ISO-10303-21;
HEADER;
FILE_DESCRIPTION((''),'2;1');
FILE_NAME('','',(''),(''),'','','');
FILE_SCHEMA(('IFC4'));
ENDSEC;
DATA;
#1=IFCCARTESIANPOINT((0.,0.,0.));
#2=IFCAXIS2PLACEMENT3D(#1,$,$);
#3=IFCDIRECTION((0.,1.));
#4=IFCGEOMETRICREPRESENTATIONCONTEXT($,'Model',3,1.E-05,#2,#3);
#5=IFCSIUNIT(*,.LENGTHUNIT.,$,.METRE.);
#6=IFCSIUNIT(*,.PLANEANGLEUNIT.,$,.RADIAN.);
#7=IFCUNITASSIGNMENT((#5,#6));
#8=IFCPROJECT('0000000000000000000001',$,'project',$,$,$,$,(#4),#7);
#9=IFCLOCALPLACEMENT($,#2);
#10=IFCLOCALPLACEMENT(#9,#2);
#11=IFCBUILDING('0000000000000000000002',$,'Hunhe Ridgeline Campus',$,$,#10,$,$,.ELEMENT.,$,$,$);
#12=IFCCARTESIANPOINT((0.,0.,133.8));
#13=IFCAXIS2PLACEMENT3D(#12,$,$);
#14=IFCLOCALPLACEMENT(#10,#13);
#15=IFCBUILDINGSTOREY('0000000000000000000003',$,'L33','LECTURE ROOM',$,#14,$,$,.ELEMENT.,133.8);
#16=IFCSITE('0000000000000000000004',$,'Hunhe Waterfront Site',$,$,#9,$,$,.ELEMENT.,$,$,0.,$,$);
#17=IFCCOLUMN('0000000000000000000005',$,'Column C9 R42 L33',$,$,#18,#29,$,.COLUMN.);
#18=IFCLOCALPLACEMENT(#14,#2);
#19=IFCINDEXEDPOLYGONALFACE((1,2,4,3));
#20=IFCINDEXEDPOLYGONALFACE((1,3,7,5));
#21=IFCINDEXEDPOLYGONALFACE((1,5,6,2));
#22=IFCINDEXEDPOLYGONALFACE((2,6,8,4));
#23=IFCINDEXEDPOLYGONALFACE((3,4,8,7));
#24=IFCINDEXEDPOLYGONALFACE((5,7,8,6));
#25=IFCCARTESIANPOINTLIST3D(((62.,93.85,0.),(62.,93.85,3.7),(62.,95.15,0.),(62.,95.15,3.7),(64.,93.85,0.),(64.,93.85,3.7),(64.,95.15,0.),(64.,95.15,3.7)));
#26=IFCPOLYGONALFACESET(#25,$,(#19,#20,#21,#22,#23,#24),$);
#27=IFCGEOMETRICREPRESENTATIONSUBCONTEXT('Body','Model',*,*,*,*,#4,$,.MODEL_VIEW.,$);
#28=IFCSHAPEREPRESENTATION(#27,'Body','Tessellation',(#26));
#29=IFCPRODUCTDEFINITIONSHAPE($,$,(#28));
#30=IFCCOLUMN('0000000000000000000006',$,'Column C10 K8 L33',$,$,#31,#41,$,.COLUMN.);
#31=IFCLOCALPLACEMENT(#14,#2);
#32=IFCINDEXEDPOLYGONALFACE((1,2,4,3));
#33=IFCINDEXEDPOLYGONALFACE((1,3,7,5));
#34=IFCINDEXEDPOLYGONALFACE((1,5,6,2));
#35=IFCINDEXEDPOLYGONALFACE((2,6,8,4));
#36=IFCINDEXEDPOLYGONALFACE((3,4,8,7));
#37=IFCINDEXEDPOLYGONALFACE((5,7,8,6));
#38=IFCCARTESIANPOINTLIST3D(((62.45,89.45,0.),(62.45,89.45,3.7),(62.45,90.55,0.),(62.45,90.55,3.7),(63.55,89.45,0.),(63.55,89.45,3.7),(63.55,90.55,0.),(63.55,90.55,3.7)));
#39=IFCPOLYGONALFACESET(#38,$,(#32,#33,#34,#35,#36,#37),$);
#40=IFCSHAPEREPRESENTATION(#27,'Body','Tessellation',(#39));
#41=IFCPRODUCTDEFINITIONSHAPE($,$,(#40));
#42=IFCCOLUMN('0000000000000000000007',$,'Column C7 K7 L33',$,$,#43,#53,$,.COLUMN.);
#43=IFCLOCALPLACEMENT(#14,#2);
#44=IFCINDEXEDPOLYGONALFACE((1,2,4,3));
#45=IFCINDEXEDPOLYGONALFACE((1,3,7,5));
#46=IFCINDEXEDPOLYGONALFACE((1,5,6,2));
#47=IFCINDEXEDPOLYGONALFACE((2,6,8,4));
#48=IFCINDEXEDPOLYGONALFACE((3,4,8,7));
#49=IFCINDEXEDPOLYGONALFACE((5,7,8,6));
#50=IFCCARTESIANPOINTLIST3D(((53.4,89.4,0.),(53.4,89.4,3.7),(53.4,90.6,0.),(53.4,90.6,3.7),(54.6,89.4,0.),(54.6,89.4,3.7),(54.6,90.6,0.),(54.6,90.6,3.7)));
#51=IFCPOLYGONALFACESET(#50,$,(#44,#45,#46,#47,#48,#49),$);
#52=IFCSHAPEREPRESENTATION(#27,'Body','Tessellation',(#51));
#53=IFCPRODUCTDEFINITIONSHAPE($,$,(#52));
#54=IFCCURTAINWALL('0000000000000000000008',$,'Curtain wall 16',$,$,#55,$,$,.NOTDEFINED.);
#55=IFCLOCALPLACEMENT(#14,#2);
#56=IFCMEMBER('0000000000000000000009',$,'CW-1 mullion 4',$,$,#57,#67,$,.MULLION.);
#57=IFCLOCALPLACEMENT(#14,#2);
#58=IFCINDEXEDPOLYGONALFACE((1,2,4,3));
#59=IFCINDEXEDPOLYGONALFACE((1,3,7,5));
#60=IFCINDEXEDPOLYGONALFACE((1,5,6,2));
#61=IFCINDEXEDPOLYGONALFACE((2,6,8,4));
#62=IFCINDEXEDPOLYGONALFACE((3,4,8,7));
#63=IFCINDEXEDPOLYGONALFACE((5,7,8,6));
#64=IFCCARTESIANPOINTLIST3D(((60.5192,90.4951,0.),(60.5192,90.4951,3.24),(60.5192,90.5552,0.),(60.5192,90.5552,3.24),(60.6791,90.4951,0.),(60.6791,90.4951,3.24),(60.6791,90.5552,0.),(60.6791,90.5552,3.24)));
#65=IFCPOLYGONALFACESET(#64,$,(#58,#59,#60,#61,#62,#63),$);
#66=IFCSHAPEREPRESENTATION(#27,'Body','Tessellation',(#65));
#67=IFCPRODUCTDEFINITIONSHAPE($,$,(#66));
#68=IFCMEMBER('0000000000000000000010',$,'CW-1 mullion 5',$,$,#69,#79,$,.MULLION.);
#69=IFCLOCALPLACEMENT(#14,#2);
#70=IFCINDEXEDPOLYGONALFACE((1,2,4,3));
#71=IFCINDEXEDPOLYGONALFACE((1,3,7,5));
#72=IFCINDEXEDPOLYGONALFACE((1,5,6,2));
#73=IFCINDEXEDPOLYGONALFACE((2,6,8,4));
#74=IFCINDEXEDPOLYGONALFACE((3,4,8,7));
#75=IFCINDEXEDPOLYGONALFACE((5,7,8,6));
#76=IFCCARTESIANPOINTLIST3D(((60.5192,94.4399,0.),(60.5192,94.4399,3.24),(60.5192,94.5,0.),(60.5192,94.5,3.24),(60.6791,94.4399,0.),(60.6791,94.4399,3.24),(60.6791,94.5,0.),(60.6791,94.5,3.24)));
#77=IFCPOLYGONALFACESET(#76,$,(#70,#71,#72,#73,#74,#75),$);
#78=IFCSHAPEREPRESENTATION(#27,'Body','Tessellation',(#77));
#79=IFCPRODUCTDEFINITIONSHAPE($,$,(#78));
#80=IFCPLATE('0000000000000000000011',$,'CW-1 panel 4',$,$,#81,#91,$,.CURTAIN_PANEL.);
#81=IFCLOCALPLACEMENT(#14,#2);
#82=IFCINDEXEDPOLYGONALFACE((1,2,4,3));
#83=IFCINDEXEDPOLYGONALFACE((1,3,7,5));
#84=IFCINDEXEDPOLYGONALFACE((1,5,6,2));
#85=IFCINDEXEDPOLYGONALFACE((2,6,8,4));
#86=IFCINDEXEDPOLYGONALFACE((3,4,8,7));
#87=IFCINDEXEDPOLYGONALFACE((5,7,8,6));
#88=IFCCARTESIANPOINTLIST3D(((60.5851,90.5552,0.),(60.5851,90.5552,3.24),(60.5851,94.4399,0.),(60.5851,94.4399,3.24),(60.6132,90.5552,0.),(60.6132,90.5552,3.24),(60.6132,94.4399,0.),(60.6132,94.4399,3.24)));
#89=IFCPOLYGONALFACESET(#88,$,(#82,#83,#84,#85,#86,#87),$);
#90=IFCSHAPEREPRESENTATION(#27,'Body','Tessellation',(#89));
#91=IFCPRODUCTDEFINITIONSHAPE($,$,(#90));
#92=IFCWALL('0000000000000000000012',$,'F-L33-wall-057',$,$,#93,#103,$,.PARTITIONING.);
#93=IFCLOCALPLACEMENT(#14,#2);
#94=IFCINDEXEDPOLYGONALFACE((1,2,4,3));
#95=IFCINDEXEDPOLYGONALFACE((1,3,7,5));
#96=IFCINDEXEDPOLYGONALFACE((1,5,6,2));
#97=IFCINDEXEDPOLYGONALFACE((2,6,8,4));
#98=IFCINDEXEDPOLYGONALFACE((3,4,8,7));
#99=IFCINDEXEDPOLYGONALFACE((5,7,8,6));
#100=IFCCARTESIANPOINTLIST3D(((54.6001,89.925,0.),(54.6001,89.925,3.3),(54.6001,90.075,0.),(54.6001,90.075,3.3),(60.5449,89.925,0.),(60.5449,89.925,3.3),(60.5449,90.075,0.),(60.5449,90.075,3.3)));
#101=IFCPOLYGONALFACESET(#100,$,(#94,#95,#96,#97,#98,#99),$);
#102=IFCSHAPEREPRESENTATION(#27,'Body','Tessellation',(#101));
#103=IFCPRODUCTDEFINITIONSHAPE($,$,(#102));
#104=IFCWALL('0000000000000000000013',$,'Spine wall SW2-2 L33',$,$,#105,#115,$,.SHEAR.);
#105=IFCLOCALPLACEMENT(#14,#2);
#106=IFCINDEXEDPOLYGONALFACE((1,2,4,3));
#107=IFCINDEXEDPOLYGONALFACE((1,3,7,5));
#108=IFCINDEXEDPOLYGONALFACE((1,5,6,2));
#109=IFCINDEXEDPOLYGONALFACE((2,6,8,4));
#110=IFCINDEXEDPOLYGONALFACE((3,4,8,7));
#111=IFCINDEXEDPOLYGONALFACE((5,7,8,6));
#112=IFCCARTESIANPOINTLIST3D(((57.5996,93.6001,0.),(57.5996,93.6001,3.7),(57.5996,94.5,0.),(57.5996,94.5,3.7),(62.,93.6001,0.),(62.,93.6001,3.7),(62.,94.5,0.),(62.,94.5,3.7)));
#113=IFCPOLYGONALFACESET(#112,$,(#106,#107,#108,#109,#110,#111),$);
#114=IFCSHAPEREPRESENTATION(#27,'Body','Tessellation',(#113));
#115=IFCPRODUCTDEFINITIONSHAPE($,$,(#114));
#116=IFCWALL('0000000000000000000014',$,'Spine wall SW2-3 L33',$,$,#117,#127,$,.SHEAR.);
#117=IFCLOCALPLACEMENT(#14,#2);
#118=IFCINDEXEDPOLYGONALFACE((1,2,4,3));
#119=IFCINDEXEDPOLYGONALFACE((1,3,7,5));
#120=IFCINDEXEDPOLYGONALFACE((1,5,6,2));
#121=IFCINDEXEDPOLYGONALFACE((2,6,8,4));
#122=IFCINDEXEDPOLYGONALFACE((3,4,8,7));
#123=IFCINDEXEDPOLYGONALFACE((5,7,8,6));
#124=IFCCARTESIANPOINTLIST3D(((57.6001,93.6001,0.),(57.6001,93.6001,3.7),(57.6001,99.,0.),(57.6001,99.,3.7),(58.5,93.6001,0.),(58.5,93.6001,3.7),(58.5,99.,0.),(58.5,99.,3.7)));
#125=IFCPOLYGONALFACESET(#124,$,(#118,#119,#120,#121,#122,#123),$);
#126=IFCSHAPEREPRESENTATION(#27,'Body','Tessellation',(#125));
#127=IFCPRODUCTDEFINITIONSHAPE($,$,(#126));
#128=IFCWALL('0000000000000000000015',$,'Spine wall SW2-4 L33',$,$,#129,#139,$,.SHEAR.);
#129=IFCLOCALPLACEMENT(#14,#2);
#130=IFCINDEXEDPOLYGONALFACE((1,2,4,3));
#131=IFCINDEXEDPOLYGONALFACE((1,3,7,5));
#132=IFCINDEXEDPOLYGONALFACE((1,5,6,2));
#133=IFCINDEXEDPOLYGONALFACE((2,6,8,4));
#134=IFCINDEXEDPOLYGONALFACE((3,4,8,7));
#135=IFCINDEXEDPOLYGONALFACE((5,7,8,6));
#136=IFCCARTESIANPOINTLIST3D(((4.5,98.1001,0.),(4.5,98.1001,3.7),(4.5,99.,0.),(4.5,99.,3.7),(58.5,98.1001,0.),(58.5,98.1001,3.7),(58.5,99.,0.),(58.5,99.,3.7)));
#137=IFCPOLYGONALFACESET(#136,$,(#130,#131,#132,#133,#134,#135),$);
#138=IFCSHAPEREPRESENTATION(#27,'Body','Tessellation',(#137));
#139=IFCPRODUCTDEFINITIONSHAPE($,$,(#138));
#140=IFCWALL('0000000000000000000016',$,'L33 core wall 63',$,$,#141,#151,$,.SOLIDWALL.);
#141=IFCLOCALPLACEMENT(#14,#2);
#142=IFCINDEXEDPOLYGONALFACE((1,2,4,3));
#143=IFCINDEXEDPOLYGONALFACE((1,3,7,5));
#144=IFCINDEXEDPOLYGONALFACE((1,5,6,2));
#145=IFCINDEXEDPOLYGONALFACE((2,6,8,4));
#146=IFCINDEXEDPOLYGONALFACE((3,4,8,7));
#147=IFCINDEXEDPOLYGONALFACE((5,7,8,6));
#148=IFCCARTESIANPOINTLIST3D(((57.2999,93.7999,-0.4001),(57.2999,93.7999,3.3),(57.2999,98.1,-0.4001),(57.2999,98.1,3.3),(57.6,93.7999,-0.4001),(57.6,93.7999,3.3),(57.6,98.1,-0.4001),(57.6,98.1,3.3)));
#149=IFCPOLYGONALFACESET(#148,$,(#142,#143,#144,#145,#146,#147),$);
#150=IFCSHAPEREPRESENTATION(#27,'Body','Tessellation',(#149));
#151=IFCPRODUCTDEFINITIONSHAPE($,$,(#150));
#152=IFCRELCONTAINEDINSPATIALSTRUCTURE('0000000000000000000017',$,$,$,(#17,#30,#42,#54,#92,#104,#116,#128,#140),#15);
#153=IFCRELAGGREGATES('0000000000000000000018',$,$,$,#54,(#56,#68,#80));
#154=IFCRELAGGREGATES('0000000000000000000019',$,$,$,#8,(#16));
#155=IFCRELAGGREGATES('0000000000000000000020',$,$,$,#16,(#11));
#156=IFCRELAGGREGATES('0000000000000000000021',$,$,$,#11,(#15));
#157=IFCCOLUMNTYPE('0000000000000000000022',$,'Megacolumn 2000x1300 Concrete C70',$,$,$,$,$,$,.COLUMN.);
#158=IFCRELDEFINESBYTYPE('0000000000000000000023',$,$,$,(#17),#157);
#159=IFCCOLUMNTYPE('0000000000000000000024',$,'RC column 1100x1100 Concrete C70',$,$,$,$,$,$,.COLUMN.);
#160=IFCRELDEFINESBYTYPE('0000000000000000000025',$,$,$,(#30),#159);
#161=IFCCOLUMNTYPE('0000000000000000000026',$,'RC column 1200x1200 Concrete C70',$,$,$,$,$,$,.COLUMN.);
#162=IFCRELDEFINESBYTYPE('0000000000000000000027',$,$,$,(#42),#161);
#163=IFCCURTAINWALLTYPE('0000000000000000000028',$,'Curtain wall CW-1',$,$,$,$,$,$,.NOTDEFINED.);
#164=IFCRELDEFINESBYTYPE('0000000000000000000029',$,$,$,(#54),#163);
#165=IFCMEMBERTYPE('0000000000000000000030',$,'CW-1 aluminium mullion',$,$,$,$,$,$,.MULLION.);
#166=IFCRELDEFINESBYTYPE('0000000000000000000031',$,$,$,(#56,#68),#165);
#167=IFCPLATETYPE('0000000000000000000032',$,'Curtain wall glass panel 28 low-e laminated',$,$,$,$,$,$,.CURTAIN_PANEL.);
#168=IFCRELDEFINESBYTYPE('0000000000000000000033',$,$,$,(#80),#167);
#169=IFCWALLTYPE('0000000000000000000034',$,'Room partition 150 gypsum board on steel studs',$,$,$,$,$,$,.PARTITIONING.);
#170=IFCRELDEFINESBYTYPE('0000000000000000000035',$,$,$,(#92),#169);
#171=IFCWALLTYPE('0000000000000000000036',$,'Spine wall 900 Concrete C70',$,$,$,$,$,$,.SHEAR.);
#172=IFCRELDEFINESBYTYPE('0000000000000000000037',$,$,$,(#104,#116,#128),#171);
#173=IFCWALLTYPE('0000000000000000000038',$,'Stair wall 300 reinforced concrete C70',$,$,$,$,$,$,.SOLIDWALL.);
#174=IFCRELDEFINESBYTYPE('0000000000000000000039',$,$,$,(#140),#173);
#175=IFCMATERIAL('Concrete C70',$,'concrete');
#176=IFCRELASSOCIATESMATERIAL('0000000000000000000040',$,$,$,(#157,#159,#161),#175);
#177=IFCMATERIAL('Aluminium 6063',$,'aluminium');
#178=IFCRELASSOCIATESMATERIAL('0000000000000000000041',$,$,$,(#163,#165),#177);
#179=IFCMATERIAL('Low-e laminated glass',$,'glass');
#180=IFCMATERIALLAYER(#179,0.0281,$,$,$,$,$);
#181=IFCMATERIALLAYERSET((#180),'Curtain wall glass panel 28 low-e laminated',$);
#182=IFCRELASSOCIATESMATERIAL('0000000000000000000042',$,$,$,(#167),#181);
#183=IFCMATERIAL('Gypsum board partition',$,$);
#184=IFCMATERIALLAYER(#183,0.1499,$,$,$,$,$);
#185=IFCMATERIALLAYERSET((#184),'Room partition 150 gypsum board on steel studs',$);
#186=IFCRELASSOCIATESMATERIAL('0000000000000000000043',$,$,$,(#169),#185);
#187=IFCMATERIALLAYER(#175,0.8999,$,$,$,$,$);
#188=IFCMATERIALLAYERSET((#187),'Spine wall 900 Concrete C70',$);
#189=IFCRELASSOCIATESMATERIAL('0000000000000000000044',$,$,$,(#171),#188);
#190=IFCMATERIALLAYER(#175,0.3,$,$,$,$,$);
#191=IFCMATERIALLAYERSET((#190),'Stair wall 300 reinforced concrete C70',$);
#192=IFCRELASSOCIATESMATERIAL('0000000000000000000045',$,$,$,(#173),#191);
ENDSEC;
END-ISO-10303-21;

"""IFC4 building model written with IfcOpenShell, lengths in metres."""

from ifc_helpers import new_model, si_unit, direction, frame, frame_2d, origin, origin_2d, place, context, subcontext, project, spatial, rectangle, extrude, material, layer, layer_set, material_profile, profile_set, type_object, element, aggregate, save


model = new_model("IFC4")

# Units and contexts
model_context = context("Model", 3, precision=1e-05, world=origin(), true_north=direction((0.0, 1.0)))
body_context = subcontext(model_context, "Body", "Model", "MODEL_VIEW")
ifc_project = project(units=[si_unit("LENGTHUNIT", "METRE"), si_unit("PLANEANGLEUNIT", "RADIAN")], contexts=[model_context])

# Site, building, storey
site_placement = place(None, origin())
site = spatial("IfcSite", under=ifc_project, at=site_placement, Name="Hunhe Waterfront Site", CompositionType="ELEMENT", RefElevation=0.0)
building_placement = place(site_placement, origin())
building = spatial("IfcBuilding", under=site, at=building_placement, Name="Hunhe Ridgeline Campus", CompositionType="ELEMENT")
storey_placement = place(building_placement, frame((0.0, 0.0, 133.8)))
storey = spatial("IfcBuildingStorey", under=building, at=storey_placement, Name="L33", Description="LECTURE ROOM", CompositionType="ELEMENT", Elevation=133.8)

# Columns
ifc_material_1 = material(Name="Concrete C70", Category="concrete")
ifc_material_profile_1 = material_profile(ifc_material_1, rectangle(XDim=2.0, YDim=1.3, at=origin_2d()))
ifc_profile_set_1 = profile_set([ifc_material_profile_1], Name="Concrete C70")
column_type_1 = type_object("IfcColumnType", Name="Megacolumn 2000x1300 Concrete C70", PredefinedType="COLUMN", material=ifc_profile_set_1)
column_1_placement = place(storey_placement, frame((63.0, 94.5, 0.0), z_axis=(0.0, 0.0, 1.0), x_axis=(1.0, 0.0, 0.0)))
element("IfcColumn", 1, at=column_1_placement, inside=storey, type_object=column_type_1, Name="Column C9 R42 L33", PredefinedType="COLUMN", context=body_context, shape_type="SweptSolid", body=[
    extrude(rectangle(XDim=2.0, YDim=1.3, at=origin_2d()), origin(), (0.0, 0.0, 1.0), 3.7),
])
ifc_material_profile_2 = material_profile(ifc_material_1, rectangle(XDim=1.1001, YDim=1.1001, at=origin_2d()))
ifc_profile_set_2 = profile_set([ifc_material_profile_2], Name="Concrete C70")
column_type_2 = type_object("IfcColumnType", Name="RC column 1100x1100 Concrete C70", PredefinedType="COLUMN", material=ifc_profile_set_2)
column_2_placement = place(storey_placement, frame((63.0, 90.0, 0.0), z_axis=(0.0, 0.0, 1.0), x_axis=(1.0, 0.0, 0.0)))
element("IfcColumn", 2, at=column_2_placement, inside=storey, type_object=column_type_2, Name="Column C10 K8 L33", PredefinedType="COLUMN", context=body_context, shape_type="SweptSolid", body=[
    extrude(rectangle(XDim=1.1001, YDim=1.1001, at=origin_2d()), origin(), (0.0, 0.0, 1.0), 3.7),
])
ifc_material_profile_3 = material_profile(ifc_material_1, rectangle(XDim=1.2, YDim=1.2, at=origin_2d()))
ifc_profile_set_3 = profile_set([ifc_material_profile_3], Name="Concrete C70")
column_type_3 = type_object("IfcColumnType", Name="RC column 1200x1200 Concrete C70", PredefinedType="COLUMN", material=ifc_profile_set_3)
column_3_placement = place(storey_placement, frame((54.0, 90.0, 0.0), z_axis=(0.0, 0.0, 1.0), x_axis=(1.0, 0.0, 0.0)))
element("IfcColumn", 3, at=column_3_placement, inside=storey, type_object=column_type_3, Name="Column C7 K7 L33", PredefinedType="COLUMN", context=body_context, shape_type="SweptSolid", body=[
    extrude(rectangle(XDim=1.2, YDim=1.2, at=origin_2d()), origin(), (0.0, 0.0, 1.0), 3.7),
])

# Curtain wall, members, plate
ifc_material_2 = material(Name="Aluminium 6063", Category="aluminium")
curtain_wall_type = type_object("IfcCurtainWallType", Name="Curtain wall CW-1", PredefinedType="NOTDEFINED", material=ifc_material_2)
curtain_wall_placement = place(storey_placement, origin())
curtain_wall = element("IfcCurtainWall", 4, at=curtain_wall_placement, inside=storey, type_object=curtain_wall_type, Name="Curtain wall 16", PredefinedType="NOTDEFINED")
ifc_material_profile_4 = material_profile(ifc_material_2, rectangle(XDim=0.1599, YDim=0.0601, at=origin_2d()))
ifc_profile_set_4 = profile_set([ifc_material_profile_4], Name="Aluminium 6063")
member_type = type_object("IfcMemberType", Name="CW-1 aluminium mullion", PredefinedType="MULLION", material=ifc_profile_set_4)
member_1_placement = place(storey_placement, frame((60.5991, 90.5251, 0.0), z_axis=(0.0, 0.0, 1.0), x_axis=(-1.0, 0.0, 0.0)))
member_1 = element("IfcMember", 5, at=member_1_placement, type_object=member_type, Name="CW-1 mullion 4", PredefinedType="MULLION", context=body_context, shape_type="SweptSolid", body=[
    extrude(rectangle(XDim=0.1599, YDim=0.0601, at=origin_2d()), origin(), (0.0, 0.0, 1.0), 3.24),
])
member_2_placement = place(storey_placement, frame((60.5991, 94.47, 0.0), z_axis=(0.0, 0.0, 1.0), x_axis=(-1.0, 0.0, 0.0)))
member_2 = element("IfcMember", 6, at=member_2_placement, type_object=member_type, Name="CW-1 mullion 5", PredefinedType="MULLION", context=body_context, shape_type="SweptSolid", body=[
    extrude(rectangle(XDim=0.1599, YDim=0.0601, at=origin_2d()), origin(), (0.0, 0.0, 1.0), 3.24),
])
ifc_material_3 = material(Name="Low-e laminated glass", Category="glass")
ifc_layer_1 = layer(ifc_material_3, 0.0281)
ifc_layer_set_1 = layer_set([ifc_layer_1], Name="Curtain wall glass panel 28 low-e laminated")
plate_type = type_object("IfcPlateType", Name="Curtain wall glass panel 28 low-e laminated", PredefinedType="CURTAIN_PANEL", material=ifc_layer_set_1)
plate_placement = place(storey_placement, frame((60.5991, 92.4976, 0.0), z_axis=(0.0, 0.0, 1.0), x_axis=(0.0, 1.0, 0.0)))
plate = element("IfcPlate", 7, at=plate_placement, type_object=plate_type, Name="CW-1 panel 4", PredefinedType="CURTAIN_PANEL", context=body_context, shape_type="SweptSolid", body=[
    extrude(rectangle(XDim=3.8848, YDim=0.0281, at=origin_2d()), origin(), (0.0, 0.0, 1.0), 3.24),
])
aggregate(curtain_wall, [member_1, member_2, plate])

# Walls
ifc_material_4 = material(Name="Gypsum board partition")
ifc_layer_2 = layer(ifc_material_4, 0.1499)
ifc_layer_set_2 = layer_set([ifc_layer_2], Name="Room partition 150 gypsum board on steel studs")
wall_type_1 = type_object("IfcWallType", Name="Room partition 150 gypsum board on steel studs", PredefinedType="PARTITIONING", material=ifc_layer_set_2)
wall_1_placement = place(storey_placement, frame((54.6001, 90.0, 0.0), z_axis=(0.0, 0.0, 1.0), x_axis=(1.0, 0.0, 0.0)))
element("IfcWall", 8, at=wall_1_placement, inside=storey, type_object=wall_type_1, Name="F-L33-wall-057", PredefinedType="PARTITIONING", context=body_context, shape_type="SweptSolid", body=[
    extrude(rectangle(XDim=5.9448, YDim=0.1499, at=frame_2d((2.9724, 0.0))), origin(), (0.0, 0.0, 1.0), 3.3),
])
ifc_layer_3 = layer(ifc_material_1, 0.8999)
ifc_layer_set_3 = layer_set([ifc_layer_3], Name="Spine wall 900 Concrete C70")
wall_type_2 = type_object("IfcWallType", Name="Spine wall 900 Concrete C70", PredefinedType="SHEAR", material=ifc_layer_set_3)
wall_2_placement = place(storey_placement, frame((62.0, 94.05, 0.0), z_axis=(0.0, 0.0, 1.0), x_axis=(-1.0, 0.0, 0.0)))
element("IfcWall", 9, at=wall_2_placement, inside=storey, type_object=wall_type_2, Name="Spine wall SW2-2 L33", PredefinedType="SHEAR", context=body_context, shape_type="SweptSolid", body=[
    extrude(rectangle(XDim=4.4004, YDim=0.8999, at=frame_2d((2.2002, 0.0))), origin(), (0.0, 0.0, 1.0), 3.7),
])
wall_3_placement = place(storey_placement, frame((58.05, 93.6001, 0.0), z_axis=(0.0, 0.0, 1.0), x_axis=(0.0, 1.0, 0.0)))
element("IfcWall", 10, at=wall_3_placement, inside=storey, type_object=wall_type_2, Name="Spine wall SW2-3 L33", PredefinedType="SHEAR", context=body_context, shape_type="SweptSolid", body=[
    extrude(rectangle(XDim=5.3999, YDim=0.8999, at=frame_2d((2.7, 0.0))), origin(), (0.0, 0.0, 1.0), 3.7),
])
wall_4_placement = place(storey_placement, frame((58.5, 98.55, 0.0), z_axis=(0.0, 0.0, 1.0), x_axis=(-1.0, 0.0, 0.0)))
element("IfcWall", 11, at=wall_4_placement, inside=storey, type_object=wall_type_2, Name="Spine wall SW2-4 L33", PredefinedType="SHEAR", context=body_context, shape_type="SweptSolid", body=[
    extrude(rectangle(XDim=54.0, YDim=0.8999, at=frame_2d((27.0, 0.0))), origin(), (0.0, 0.0, 1.0), 3.7),
])
ifc_layer_4 = layer(ifc_material_1, 0.3)
ifc_layer_set_4 = layer_set([ifc_layer_4], Name="Stair wall 300 reinforced concrete C70")
wall_type_3 = type_object("IfcWallType", Name="Stair wall 300 reinforced concrete C70", PredefinedType="SOLIDWALL", material=ifc_layer_set_4)
wall_5_placement = place(storey_placement, frame((57.45, 93.8, -0.4001), z_axis=(0.0, 0.0, 1.0), x_axis=(0.0, 1.0, 0.0)))
element("IfcWall", 12, at=wall_5_placement, inside=storey, type_object=wall_type_3, Name="L33 core wall 63", PredefinedType="SOLIDWALL", context=body_context, shape_type="SweptSolid", body=[
    extrude(rectangle(XDim=4.3, YDim=0.3, at=frame_2d((2.1499, 0.0))), origin(), (0.0, 0.0, 1.0), 3.7002),
])

save(model, "model.ifc")
